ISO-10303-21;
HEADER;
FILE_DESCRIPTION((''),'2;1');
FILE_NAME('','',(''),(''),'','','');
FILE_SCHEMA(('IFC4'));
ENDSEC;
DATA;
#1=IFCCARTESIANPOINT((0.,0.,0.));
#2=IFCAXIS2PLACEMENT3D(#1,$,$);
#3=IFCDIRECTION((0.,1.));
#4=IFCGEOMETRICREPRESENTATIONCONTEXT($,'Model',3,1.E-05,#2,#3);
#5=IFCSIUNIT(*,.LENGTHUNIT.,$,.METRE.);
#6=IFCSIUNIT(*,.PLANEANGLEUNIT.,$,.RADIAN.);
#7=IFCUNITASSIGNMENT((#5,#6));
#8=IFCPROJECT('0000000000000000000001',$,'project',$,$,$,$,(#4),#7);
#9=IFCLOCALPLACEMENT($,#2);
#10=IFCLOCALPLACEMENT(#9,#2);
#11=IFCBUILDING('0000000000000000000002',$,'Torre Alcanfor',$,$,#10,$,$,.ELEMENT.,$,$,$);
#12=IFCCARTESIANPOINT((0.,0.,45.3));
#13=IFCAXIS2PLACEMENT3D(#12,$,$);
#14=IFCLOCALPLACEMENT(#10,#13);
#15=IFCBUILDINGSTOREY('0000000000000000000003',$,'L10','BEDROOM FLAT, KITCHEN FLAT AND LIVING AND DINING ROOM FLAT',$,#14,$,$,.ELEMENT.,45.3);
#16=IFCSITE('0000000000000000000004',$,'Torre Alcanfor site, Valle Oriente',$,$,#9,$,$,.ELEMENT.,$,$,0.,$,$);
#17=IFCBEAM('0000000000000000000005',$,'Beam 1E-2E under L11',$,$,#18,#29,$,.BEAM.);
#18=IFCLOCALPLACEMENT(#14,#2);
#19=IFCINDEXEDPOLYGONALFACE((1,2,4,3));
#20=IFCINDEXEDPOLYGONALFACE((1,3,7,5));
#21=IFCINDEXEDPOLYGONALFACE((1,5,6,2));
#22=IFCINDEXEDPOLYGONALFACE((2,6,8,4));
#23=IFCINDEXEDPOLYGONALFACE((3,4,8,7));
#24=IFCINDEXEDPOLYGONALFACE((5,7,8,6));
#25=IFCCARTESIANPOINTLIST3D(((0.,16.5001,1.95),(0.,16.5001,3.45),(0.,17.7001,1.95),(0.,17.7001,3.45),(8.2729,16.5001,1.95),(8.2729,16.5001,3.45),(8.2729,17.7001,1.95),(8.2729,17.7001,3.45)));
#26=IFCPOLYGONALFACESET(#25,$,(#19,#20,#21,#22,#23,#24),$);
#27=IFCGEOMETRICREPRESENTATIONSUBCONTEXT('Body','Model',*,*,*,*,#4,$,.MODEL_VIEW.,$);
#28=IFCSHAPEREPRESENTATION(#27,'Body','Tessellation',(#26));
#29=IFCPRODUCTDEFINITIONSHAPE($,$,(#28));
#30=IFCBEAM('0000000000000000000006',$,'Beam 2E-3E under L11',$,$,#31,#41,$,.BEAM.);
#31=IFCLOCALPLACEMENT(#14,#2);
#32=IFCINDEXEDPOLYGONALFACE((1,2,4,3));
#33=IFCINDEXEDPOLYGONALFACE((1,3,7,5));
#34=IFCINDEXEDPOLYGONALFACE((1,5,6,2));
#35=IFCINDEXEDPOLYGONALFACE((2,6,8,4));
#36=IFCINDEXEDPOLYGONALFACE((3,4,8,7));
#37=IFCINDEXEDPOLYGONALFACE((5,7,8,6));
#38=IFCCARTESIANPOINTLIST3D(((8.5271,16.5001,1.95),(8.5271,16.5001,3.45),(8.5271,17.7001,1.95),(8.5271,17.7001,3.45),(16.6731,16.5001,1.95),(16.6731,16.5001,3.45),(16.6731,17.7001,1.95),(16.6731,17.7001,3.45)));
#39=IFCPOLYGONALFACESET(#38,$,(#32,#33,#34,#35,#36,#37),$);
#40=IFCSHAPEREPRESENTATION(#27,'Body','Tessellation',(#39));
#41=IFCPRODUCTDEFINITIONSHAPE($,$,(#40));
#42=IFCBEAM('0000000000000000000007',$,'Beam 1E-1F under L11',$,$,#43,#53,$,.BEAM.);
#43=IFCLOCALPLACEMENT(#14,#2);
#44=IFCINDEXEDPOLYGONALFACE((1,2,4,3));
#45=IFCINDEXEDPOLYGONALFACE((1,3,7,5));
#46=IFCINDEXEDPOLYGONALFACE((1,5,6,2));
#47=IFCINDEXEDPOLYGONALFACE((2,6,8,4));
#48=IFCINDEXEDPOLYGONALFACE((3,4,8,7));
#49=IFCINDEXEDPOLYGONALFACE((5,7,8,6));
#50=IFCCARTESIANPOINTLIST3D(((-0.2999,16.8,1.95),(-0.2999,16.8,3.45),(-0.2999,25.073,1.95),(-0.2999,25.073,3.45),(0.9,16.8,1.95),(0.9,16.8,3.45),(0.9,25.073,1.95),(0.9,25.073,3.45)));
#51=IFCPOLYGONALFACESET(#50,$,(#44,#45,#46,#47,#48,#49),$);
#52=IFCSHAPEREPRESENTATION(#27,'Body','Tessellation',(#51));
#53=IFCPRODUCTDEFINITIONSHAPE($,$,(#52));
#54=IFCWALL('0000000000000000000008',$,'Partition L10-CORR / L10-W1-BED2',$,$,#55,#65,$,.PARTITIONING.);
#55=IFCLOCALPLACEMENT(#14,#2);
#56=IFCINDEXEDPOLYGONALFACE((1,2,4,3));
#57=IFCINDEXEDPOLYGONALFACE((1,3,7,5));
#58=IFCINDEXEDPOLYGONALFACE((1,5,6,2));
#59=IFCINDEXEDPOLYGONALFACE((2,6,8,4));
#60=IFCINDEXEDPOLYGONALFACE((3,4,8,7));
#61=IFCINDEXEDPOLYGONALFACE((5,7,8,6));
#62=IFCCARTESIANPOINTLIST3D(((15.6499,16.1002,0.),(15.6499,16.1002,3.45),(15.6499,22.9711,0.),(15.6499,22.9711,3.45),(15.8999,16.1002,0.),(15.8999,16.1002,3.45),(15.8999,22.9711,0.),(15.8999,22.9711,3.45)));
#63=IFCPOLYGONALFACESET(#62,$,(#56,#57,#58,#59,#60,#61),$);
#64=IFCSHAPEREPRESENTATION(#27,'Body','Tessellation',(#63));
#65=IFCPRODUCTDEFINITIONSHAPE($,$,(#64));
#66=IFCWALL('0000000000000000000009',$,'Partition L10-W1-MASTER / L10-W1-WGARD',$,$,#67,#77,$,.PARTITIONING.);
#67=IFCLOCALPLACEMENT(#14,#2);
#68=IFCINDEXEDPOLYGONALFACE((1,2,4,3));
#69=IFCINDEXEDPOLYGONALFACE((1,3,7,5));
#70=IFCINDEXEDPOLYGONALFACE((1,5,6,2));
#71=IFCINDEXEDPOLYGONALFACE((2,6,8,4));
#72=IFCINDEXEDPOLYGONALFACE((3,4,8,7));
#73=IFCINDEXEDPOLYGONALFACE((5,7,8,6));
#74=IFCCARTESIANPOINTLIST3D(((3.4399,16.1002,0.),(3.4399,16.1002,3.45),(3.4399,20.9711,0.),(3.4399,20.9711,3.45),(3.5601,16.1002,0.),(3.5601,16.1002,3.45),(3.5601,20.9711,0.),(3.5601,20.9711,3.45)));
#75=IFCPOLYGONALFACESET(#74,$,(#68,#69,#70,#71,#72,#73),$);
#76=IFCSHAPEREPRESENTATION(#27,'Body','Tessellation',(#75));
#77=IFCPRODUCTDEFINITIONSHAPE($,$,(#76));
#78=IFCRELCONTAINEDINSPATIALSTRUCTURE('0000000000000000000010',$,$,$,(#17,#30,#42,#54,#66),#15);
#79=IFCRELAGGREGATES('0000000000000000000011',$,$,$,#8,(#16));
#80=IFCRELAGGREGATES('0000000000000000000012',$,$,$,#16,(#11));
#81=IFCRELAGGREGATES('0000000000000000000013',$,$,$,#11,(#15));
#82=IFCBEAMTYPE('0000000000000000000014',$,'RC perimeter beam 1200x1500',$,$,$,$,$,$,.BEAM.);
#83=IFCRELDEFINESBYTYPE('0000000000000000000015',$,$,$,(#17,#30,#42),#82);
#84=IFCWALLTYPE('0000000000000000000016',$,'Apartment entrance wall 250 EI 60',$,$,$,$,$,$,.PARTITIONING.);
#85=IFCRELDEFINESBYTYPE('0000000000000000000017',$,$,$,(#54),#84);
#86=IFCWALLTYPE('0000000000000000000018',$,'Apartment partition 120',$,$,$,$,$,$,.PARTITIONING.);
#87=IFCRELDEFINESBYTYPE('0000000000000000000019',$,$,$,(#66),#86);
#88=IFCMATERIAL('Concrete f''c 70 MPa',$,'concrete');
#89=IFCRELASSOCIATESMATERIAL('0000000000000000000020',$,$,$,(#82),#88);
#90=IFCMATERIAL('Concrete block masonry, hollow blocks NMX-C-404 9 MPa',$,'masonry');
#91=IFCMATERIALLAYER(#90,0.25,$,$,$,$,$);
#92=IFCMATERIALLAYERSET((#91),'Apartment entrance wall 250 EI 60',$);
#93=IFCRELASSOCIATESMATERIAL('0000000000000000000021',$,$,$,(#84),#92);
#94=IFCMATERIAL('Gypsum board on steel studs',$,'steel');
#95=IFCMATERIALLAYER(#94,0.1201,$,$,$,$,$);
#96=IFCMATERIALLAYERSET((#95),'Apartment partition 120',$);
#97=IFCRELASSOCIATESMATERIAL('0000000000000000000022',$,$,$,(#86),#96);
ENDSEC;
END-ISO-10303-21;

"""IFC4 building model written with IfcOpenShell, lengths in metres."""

from ifc_helpers import new_model, si_unit, direction, frame, frame_2d, origin, origin_2d, place, context, subcontext, project, spatial, rectangle, extrude, material, layer, layer_set, material_profile, profile_set, type_object, element, save


model = new_model("IFC4")

# Units and contexts
model_context = context("Model", 3, precision=1e-05, world=origin(), true_north=direction((0.0, 1.0)))
body_context = subcontext(model_context, "Body", "Model", "MODEL_VIEW")
ifc_project = project(units=[si_unit("LENGTHUNIT", "METRE"), si_unit("PLANEANGLEUNIT", "RADIAN")], contexts=[model_context])

# Site, building, storey
site_placement = place(None, origin())
site = spatial("IfcSite", under=ifc_project, at=site_placement, Name="Torre Alcanfor site, Valle Oriente", CompositionType="ELEMENT", RefElevation=0.0)
building_placement = place(site_placement, origin())
building = spatial("IfcBuilding", under=site, at=building_placement, Name="Torre Alcanfor", CompositionType="ELEMENT")
storey_placement = place(building_placement, frame((0.0, 0.0, 45.3)))
storey = spatial("IfcBuildingStorey", under=building, at=storey_placement, Name="L10", Description="BEDROOM FLAT, KITCHEN FLAT AND LIVING AND DINING ROOM FLAT", CompositionType="ELEMENT", Elevation=45.3)

# Beams
ifc_material_1 = material(Name="Concrete f'c 70 MPa", Category="concrete")
ifc_material_profile_1 = material_profile(ifc_material_1, rectangle(XDim=1.2, YDim=1.5, at=origin_2d()), Name="1200x1500")
ifc_profile_set_1 = profile_set([ifc_material_profile_1], Name="Concrete f'c 70 MPa")
beam_type_1 = type_object("IfcBeamType", Name="RC perimeter beam 1200x1500", PredefinedType="BEAM", material=ifc_profile_set_1)
beam_1_placement = place(storey_placement, frame((0.0, 17.1001, 2.7), z_axis=(1.0, 0.0, 0.0), x_axis=(0.0, 1.0, 0.0)))
element("IfcBeam", 1, at=beam_1_placement, inside=storey, type_object=beam_type_1, Name="Beam 1E-2E under L11", PredefinedType="BEAM", context=body_context, shape_type="SweptSolid", body=[
    extrude(rectangle(XDim=1.2, YDim=1.5, at=origin_2d()), origin(), (0.0, 0.0, 1.0), 8.2729),
])
beam_2_placement = place(storey_placement, frame((8.5271, 17.1001, 2.7), z_axis=(1.0, 0.0, 0.0), x_axis=(0.0, 1.0, 0.0)))
element("IfcBeam", 2, at=beam_2_placement, inside=storey, type_object=beam_type_1, Name="Beam 2E-3E under L11", PredefinedType="BEAM", context=body_context, shape_type="SweptSolid", body=[
    extrude(rectangle(XDim=1.2, YDim=1.5, at=origin_2d()), origin(), (0.0, 0.0, 1.0), 8.146),
])
beam_3_placement = place(storey_placement, frame((0.3, 16.8, 2.7), z_axis=(0.0, 1.0, 0.0), x_axis=(-1.0, 0.0, 0.0)))
element("IfcBeam", 3, at=beam_3_placement, inside=storey, type_object=beam_type_1, Name="Beam 1E-1F under L11", PredefinedType="BEAM", context=body_context, shape_type="SweptSolid", body=[
    extrude(rectangle(XDim=1.2, YDim=1.5, at=origin_2d()), origin(), (0.0, 0.0, 1.0), 8.2729),
])

# Walls
ifc_material_2 = material(Name="Concrete block masonry, hollow blocks NMX-C-404 9 MPa", Category="masonry")
ifc_layer_1 = layer(ifc_material_2, 0.25)
ifc_layer_set_1 = layer_set([ifc_layer_1], Name="Apartment entrance wall 250 EI 60")
wall_type_1 = type_object("IfcWallType", Name="Apartment entrance wall 250 EI 60", PredefinedType="PARTITIONING", material=ifc_layer_set_1)
wall_1_placement = place(storey_placement, frame((15.7749, 16.1001, 0.0), z_axis=(0.0, 0.0, 1.0), x_axis=(0.0, 1.0, 0.0)))
element("IfcWall", 4, at=wall_1_placement, inside=storey, type_object=wall_type_1, Name="Partition L10-CORR / L10-W1-BED2", PredefinedType="PARTITIONING", context=body_context, shape_type="SweptSolid", body=[
    extrude(rectangle(XDim=6.8708, YDim=0.25, at=frame_2d((3.4355, 0.0))), origin(), (0.0, 0.0, 1.0), 3.45),
])
ifc_material_3 = material(Name="Gypsum board on steel studs", Category="steel")
ifc_layer_2 = layer(ifc_material_3, 0.1201)
ifc_layer_set_2 = layer_set([ifc_layer_2], Name="Apartment partition 120")
wall_type_2 = type_object("IfcWallType", Name="Apartment partition 120", PredefinedType="PARTITIONING", material=ifc_layer_set_2)
wall_2_placement = place(storey_placement, frame((3.5, 16.1001, 0.0), z_axis=(0.0, 0.0, 1.0), x_axis=(0.0, 1.0, 0.0)))
element("IfcWall", 5, at=wall_2_placement, inside=storey, type_object=wall_type_2, Name="Partition L10-W1-MASTER / L10-W1-WGARD", PredefinedType="PARTITIONING", context=body_context, shape_type="SweptSolid", body=[
    extrude(rectangle(XDim=4.8708, YDim=0.1201, at=frame_2d((2.4355, 0.0))), origin(), (0.0, 0.0, 1.0), 3.45),
])

save(model, "model.ifc")
